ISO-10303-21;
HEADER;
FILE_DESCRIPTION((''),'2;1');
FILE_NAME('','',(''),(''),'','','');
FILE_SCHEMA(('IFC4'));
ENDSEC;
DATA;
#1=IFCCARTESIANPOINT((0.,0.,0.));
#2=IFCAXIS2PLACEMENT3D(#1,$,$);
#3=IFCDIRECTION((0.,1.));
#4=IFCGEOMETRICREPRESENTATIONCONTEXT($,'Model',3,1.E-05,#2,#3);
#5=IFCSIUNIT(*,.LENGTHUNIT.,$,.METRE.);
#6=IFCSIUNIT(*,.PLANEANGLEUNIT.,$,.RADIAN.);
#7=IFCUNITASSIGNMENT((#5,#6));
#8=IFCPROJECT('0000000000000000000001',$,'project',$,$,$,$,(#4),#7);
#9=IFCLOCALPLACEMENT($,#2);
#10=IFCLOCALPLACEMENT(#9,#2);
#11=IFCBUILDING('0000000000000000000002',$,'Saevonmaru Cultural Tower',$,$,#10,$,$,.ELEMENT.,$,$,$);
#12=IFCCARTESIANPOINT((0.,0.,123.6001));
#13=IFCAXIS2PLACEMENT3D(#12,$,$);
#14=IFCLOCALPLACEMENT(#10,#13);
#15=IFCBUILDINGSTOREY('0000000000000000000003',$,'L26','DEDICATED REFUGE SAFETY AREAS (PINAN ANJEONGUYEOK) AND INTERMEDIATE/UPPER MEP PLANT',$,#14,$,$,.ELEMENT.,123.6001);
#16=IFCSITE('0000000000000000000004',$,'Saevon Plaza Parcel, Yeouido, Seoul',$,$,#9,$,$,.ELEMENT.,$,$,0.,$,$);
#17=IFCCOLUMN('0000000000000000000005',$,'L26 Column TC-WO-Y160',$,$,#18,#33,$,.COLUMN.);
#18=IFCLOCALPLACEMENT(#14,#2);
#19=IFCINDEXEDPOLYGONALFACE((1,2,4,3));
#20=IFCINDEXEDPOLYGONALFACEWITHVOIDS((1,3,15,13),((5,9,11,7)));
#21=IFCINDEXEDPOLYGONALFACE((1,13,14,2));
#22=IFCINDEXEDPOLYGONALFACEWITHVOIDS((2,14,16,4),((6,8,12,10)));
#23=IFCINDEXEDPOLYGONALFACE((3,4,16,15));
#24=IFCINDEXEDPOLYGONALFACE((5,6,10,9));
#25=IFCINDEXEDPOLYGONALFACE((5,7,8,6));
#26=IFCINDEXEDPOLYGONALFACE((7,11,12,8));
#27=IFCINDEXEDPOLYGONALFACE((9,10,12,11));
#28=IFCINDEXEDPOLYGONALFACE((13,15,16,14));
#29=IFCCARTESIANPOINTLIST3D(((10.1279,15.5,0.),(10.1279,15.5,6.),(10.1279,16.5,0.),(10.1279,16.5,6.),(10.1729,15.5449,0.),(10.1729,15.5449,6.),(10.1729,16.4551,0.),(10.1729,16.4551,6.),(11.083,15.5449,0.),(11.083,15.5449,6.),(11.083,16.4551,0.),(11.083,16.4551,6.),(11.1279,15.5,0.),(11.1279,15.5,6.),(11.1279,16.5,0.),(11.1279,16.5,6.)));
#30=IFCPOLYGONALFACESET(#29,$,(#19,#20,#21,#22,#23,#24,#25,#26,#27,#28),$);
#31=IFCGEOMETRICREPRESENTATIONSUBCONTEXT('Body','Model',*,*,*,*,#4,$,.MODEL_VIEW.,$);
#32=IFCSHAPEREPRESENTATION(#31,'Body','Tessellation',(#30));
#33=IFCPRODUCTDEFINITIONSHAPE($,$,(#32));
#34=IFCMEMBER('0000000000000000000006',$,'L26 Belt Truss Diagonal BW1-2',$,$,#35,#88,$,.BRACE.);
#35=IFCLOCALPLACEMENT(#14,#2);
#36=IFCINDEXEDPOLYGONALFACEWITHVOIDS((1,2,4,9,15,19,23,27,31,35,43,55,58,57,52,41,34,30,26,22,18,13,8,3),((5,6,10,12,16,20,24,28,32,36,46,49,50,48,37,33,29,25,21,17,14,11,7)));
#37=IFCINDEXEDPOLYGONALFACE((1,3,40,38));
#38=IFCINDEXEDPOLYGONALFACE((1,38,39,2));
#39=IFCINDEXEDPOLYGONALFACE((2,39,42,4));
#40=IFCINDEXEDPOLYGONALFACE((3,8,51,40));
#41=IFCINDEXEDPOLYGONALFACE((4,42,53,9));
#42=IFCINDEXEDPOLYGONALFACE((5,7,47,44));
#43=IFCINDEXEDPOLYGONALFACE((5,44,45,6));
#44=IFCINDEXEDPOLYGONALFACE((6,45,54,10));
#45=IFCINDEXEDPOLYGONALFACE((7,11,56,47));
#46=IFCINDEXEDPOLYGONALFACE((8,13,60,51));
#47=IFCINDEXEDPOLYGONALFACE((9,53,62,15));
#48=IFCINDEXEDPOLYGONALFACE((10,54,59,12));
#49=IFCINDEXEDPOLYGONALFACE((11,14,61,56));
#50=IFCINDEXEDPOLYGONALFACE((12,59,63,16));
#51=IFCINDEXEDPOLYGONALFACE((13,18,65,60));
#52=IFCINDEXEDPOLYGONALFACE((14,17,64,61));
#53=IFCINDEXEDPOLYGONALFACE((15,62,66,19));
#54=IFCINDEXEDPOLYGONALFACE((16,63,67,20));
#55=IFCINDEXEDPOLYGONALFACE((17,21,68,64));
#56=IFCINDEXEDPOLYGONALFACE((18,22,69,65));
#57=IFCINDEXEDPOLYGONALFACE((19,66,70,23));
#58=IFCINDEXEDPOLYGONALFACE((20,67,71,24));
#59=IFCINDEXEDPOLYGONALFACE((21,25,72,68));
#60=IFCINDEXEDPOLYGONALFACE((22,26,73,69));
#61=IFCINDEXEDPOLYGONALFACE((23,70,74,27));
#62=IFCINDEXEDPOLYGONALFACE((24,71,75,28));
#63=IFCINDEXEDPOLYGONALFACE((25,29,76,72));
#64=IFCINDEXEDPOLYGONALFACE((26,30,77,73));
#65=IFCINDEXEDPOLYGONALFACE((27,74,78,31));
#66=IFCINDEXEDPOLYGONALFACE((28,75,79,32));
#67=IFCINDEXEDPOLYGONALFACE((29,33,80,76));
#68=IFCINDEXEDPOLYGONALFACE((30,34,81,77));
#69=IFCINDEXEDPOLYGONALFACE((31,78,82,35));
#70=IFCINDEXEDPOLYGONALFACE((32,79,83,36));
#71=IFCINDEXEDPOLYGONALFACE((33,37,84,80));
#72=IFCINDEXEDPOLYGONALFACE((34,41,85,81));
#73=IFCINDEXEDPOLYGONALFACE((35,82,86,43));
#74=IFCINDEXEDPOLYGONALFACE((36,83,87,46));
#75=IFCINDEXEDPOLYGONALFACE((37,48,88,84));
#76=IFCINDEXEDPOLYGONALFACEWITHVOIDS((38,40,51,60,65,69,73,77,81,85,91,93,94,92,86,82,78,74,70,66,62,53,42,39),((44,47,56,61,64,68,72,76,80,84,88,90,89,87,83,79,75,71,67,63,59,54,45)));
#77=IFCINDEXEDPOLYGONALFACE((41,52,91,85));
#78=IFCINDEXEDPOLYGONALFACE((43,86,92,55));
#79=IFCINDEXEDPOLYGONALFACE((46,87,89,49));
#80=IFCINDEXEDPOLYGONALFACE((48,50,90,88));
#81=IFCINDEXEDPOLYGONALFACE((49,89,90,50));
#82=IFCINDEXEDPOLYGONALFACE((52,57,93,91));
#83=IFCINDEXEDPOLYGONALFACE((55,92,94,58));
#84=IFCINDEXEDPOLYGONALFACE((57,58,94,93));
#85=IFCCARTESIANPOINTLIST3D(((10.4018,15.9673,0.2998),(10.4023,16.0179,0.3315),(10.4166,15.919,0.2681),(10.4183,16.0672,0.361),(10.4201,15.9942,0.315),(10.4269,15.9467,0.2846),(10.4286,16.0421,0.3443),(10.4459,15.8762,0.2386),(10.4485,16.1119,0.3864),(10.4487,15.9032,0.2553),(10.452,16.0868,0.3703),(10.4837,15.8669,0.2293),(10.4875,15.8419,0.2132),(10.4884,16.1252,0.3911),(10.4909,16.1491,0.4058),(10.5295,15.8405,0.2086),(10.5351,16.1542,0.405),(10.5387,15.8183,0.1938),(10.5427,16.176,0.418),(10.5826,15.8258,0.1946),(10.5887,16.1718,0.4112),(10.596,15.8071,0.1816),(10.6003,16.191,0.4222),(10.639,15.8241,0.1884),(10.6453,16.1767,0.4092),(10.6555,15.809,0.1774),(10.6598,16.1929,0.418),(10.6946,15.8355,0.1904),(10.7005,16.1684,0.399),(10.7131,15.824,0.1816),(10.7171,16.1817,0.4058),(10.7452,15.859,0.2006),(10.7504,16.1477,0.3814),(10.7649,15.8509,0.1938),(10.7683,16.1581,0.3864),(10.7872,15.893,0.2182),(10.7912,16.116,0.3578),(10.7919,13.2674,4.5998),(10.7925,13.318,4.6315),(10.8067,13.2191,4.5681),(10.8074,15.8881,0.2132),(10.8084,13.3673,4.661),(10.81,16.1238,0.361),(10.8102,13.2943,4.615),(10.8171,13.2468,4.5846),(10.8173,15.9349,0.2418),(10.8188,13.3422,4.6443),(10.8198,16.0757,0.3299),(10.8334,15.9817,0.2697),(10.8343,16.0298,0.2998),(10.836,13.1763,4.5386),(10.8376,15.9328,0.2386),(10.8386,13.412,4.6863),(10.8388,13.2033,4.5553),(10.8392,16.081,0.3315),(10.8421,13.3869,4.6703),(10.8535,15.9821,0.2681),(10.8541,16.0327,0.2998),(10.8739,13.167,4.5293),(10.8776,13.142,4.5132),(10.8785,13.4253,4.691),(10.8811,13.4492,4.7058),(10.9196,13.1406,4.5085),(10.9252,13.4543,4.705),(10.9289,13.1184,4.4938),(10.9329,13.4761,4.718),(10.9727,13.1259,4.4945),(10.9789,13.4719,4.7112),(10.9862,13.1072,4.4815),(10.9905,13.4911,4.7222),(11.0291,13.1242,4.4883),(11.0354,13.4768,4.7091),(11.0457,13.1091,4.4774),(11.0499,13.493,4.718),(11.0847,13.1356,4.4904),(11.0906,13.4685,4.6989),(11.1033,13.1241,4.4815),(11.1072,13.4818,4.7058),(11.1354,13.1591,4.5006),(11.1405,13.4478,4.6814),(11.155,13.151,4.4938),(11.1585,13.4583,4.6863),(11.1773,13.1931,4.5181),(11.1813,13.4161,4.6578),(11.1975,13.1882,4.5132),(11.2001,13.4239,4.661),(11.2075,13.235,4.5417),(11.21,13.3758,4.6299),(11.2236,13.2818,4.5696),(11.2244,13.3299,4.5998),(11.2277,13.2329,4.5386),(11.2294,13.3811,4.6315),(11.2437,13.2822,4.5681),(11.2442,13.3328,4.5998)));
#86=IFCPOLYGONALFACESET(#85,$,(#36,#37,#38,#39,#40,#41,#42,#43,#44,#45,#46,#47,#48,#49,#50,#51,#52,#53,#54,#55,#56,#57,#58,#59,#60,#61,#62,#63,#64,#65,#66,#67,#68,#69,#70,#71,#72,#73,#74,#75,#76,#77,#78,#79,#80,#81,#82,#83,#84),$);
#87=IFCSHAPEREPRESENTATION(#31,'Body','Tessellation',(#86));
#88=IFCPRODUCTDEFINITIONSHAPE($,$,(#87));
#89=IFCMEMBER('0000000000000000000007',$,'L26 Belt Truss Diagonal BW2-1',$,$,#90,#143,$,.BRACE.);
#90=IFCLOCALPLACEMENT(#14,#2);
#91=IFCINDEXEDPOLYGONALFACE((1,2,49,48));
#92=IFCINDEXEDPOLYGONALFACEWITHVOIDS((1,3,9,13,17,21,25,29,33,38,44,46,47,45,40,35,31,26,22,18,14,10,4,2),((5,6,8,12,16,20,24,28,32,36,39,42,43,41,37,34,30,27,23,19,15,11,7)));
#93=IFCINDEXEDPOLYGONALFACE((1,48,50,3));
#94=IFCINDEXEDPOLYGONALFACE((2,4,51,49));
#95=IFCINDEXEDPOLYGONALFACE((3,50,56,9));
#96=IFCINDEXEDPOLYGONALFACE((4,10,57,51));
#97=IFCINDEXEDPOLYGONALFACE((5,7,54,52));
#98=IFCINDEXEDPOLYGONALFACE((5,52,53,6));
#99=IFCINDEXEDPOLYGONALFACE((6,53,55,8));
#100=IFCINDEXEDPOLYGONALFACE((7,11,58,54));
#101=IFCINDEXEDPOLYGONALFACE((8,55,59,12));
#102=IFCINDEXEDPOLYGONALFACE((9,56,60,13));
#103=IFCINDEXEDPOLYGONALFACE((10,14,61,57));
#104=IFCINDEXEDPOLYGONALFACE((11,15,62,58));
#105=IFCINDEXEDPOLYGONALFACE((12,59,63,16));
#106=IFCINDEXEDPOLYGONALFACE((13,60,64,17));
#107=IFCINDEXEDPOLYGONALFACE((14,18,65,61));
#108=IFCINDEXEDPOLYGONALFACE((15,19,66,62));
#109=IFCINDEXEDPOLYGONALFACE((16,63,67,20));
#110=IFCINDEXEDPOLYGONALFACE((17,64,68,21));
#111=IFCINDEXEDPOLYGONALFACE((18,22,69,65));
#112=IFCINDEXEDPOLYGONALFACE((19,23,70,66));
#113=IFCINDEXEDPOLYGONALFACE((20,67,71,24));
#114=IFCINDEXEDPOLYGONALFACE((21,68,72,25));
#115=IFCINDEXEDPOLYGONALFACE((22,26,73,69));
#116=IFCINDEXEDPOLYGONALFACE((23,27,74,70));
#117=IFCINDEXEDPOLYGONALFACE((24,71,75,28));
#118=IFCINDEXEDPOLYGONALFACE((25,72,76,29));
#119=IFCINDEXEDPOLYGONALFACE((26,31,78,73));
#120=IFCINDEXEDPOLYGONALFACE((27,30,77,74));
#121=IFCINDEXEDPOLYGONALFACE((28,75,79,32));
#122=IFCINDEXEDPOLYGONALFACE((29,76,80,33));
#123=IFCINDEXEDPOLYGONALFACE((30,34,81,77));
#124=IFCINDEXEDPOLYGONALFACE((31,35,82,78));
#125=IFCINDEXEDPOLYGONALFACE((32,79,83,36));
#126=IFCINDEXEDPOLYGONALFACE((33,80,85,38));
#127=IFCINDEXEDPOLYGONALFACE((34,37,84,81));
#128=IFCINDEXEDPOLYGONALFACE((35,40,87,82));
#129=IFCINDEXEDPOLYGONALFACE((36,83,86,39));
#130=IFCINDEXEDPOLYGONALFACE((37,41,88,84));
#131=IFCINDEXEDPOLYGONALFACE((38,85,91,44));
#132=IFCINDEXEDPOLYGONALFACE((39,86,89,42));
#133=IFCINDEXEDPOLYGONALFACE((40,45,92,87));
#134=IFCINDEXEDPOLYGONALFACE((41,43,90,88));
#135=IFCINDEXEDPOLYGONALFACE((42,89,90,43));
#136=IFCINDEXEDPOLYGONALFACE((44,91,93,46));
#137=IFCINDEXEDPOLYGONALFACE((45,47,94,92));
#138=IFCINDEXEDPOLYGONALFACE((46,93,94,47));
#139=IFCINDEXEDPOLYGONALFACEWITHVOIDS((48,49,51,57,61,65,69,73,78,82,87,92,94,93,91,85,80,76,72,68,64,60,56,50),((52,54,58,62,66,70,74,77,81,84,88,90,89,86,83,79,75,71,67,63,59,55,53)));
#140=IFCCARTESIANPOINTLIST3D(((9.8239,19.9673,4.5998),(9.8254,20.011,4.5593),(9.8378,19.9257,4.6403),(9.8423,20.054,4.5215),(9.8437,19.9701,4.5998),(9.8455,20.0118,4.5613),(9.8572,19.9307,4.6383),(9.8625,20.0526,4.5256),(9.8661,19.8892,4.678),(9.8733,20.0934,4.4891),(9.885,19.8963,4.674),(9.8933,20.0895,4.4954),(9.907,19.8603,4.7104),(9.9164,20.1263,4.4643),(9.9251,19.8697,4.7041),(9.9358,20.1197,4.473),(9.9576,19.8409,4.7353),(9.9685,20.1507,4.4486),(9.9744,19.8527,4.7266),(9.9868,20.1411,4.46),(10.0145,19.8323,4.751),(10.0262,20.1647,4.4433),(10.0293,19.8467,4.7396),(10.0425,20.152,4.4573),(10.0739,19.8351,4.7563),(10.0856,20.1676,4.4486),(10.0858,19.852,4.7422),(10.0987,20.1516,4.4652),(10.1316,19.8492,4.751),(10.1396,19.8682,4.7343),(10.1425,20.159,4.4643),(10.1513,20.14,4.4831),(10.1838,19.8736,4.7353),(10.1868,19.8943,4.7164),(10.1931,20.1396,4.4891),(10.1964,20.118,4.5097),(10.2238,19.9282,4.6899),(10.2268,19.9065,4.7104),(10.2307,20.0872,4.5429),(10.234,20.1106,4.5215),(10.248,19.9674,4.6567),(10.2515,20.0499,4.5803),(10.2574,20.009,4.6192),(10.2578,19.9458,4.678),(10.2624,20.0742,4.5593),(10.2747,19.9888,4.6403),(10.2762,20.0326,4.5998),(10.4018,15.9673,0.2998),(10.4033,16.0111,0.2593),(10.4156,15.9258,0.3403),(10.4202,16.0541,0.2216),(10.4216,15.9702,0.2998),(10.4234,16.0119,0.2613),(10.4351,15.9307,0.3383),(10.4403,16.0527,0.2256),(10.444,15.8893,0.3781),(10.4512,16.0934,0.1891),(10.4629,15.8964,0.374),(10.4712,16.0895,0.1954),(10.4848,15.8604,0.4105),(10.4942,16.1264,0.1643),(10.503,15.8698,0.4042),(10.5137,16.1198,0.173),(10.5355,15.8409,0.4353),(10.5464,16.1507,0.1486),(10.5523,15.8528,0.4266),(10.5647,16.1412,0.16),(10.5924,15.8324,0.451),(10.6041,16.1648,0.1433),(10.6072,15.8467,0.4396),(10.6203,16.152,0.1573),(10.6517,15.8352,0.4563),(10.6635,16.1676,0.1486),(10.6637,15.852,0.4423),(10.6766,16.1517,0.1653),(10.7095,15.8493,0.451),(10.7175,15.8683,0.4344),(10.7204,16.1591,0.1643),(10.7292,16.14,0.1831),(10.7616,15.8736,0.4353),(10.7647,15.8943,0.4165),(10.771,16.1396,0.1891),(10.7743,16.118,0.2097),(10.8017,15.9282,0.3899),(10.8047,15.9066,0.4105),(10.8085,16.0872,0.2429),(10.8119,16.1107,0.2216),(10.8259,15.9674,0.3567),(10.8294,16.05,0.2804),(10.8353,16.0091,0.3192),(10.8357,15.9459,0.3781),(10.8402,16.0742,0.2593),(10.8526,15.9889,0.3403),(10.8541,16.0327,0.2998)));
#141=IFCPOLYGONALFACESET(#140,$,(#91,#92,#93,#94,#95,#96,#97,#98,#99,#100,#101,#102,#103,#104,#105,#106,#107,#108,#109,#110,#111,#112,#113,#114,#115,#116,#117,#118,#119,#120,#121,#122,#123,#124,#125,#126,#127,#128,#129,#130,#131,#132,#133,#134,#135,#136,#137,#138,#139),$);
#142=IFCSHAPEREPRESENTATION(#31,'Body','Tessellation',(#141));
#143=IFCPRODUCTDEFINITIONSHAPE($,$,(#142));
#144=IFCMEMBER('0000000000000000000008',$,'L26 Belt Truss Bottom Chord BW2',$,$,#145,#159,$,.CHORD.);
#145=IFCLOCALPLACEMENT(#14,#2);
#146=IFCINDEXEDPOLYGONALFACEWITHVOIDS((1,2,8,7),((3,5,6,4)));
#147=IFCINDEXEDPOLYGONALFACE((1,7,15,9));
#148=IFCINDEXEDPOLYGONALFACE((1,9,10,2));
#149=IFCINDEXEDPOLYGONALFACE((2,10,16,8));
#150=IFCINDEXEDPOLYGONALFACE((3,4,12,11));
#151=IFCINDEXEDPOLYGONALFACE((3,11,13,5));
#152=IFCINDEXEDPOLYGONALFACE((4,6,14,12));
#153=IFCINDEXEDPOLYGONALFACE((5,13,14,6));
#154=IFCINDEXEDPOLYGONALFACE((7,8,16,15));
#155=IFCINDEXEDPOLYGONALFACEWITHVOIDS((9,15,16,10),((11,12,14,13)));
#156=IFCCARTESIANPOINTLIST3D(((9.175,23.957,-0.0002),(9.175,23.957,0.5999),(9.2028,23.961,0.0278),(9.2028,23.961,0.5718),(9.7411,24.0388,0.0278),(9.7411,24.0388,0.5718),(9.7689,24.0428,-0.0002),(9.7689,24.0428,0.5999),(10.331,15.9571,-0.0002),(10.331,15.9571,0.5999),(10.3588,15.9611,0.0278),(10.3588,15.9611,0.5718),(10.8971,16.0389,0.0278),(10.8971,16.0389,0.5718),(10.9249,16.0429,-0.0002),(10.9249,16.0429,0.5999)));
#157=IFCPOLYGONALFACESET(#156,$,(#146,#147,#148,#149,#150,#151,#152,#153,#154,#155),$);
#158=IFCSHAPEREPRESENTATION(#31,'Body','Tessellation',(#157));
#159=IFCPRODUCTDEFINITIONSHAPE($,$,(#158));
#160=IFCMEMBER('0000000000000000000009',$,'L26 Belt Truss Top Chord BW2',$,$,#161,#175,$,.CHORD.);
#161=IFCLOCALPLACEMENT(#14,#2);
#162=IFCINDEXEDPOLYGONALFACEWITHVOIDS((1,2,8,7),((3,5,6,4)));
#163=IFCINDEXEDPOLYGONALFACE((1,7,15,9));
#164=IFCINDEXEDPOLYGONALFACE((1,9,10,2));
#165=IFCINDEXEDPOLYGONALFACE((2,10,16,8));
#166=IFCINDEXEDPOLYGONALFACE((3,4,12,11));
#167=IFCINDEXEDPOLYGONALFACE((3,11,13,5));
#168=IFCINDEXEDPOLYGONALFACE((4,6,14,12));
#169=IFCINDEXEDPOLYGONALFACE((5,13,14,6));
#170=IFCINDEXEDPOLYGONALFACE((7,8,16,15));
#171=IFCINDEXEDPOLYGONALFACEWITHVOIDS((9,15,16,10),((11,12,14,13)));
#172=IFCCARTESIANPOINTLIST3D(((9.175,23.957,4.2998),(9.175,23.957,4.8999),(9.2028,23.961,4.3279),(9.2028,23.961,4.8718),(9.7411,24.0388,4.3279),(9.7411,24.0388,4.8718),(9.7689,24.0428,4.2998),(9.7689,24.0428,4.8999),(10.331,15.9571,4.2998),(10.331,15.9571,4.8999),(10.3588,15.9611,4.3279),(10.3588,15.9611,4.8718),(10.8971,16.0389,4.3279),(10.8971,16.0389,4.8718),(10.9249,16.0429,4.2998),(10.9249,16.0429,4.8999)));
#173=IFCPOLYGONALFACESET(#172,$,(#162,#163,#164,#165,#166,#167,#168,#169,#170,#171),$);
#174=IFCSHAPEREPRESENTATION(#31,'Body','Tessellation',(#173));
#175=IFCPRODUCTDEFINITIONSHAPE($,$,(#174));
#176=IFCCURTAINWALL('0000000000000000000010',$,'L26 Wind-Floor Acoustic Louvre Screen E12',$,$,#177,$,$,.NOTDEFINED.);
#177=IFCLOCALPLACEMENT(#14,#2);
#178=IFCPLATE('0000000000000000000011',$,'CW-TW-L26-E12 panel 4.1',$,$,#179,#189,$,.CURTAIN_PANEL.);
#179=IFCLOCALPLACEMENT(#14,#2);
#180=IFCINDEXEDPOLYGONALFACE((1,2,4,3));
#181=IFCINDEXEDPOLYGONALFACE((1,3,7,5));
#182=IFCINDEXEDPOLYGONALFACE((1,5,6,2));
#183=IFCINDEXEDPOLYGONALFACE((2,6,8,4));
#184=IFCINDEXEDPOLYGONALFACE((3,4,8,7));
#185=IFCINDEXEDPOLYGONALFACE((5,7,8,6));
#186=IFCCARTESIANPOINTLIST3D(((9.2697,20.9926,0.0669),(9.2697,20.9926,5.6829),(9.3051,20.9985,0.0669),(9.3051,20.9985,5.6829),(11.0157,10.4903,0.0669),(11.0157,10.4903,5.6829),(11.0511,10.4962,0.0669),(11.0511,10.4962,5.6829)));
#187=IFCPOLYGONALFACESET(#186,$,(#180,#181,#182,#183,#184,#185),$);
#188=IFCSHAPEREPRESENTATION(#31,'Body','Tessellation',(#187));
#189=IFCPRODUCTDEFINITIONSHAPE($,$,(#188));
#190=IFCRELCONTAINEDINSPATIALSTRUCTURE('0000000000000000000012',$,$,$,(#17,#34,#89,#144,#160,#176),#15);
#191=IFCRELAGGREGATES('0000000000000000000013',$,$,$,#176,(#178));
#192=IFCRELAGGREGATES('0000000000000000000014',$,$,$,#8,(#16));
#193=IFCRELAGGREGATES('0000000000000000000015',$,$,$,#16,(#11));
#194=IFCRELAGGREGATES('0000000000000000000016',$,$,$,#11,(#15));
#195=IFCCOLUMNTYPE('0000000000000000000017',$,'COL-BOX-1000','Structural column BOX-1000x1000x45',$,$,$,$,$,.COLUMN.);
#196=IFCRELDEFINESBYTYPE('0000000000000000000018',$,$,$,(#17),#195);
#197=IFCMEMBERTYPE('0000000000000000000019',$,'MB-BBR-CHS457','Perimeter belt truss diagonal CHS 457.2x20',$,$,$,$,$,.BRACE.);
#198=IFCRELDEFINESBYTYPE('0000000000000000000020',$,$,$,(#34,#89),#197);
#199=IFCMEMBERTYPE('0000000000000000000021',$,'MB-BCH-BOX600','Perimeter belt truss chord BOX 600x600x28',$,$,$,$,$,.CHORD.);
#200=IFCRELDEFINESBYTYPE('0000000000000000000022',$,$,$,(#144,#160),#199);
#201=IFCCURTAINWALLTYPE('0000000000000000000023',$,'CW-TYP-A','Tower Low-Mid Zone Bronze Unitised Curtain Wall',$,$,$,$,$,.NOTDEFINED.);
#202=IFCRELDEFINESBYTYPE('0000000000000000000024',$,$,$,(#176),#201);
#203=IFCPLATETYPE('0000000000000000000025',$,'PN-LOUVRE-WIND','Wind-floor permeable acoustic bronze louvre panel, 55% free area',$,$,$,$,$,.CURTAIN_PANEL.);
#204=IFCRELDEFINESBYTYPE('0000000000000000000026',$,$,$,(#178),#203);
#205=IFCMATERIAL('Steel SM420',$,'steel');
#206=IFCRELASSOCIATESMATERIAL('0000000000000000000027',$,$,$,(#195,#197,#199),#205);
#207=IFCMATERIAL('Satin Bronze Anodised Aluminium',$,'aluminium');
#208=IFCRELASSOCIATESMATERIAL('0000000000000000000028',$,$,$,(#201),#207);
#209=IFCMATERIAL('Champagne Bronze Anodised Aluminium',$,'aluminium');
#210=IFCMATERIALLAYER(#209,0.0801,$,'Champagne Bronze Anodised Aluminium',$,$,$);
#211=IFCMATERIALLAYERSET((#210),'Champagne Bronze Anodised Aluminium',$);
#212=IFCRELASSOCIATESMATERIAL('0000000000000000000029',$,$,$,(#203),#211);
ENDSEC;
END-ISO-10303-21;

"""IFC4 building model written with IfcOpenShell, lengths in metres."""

from ifc_helpers import new_model, si_unit, direction, frame, origin, origin_2d, place, context, subcontext, project, spatial, rectangle, hollow_rectangle, hollow_circle, extrude, material, layer, layer_set, material_profile, profile_set, type_object, element, aggregate, save


model = new_model("IFC4")

# Units and contexts
model_context = context("Model", 3, precision=1e-05, world=origin(), true_north=direction((0.0, 1.0)))
body_context = subcontext(model_context, "Body", "Model", "MODEL_VIEW")
ifc_project = project(units=[si_unit("LENGTHUNIT", "METRE"), si_unit("PLANEANGLEUNIT", "RADIAN")], contexts=[model_context])

# Site, building, storey
site_placement = place(None, origin())
site = spatial("IfcSite", under=ifc_project, at=site_placement, Name="Saevon Plaza Parcel, Yeouido, Seoul", CompositionType="ELEMENT", RefElevation=0.0)
building_placement = place(site_placement, origin())
building = spatial("IfcBuilding", under=site, at=building_placement, Name="Saevonmaru Cultural Tower", CompositionType="ELEMENT")
storey_placement = place(building_placement, frame((0.0, 0.0, 123.6001)))
storey = spatial("IfcBuildingStorey", under=building, at=storey_placement, Name="L26", Description="DEDICATED REFUGE SAFETY AREAS (PINAN ANJEONGUYEOK) AND INTERMEDIATE/UPPER MEP PLANT", CompositionType="ELEMENT", Elevation=123.6001)

# Column
ifc_material_1 = material(Name="Steel SM420", Category="steel")
ifc_material_profile_1 = material_profile(ifc_material_1, hollow_rectangle(XDim=1.0, YDim=1.0, WallThickness=0.0449, at=origin_2d()), Name="BOX-1000x1000x45")
ifc_profile_set_1 = profile_set([ifc_material_profile_1], Name="Steel SM420")
column_type = type_object("IfcColumnType", Name="COL-BOX-1000", Description="Structural column BOX-1000x1000x45", PredefinedType="COLUMN", material=ifc_profile_set_1)
column_placement = place(storey_placement, frame((10.6279, 16.0, 0.0), z_axis=(0.0, 0.0, 1.0), x_axis=(1.0, 0.0, 0.0)))
element("IfcColumn", 1, at=column_placement, inside=storey, type_object=column_type, Name="L26 Column TC-WO-Y160", PredefinedType="COLUMN", context=body_context, shape_type="SweptSolid", body=[
    extrude(hollow_rectangle(XDim=1.0, YDim=1.0, WallThickness=0.0449, at=origin_2d()), origin(), (0.0, 0.0, 1.0), 6.0),
])

# Members
ifc_material_profile_2 = material_profile(ifc_material_1, hollow_circle(Radius=0.2285, WallThickness=0.02, at=origin_2d()), Name="CHS-457.2x20")
ifc_profile_set_2 = profile_set([ifc_material_profile_2], Name="Steel SM420")
member_type_1 = type_object("IfcMemberType", Name="MB-BBR-CHS457", Description="Perimeter belt truss diagonal CHS 457.2x20", PredefinedType="BRACE", material=ifc_profile_set_2)
member_1_placement = place(storey_placement, frame((10.6279, 16.0, 0.2998), z_axis=(0.076612, -0.530194, 0.844408), x_axis=(0.989721, 0.143012, 0.0)))
element("IfcMember", 2, at=member_1_placement, inside=storey, type_object=member_type_1, Name="L26 Belt Truss Diagonal BW1-2", PredefinedType="BRACE", context=body_context, shape_type="SweptSolid", body=[
    extrude(hollow_circle(Radius=0.2285, WallThickness=0.02, at=origin_2d()), origin(), (0.0, 0.0, 1.0), 5.0923),
])
member_2_placement = place(storey_placement, frame((10.6279, 16.0, 0.2998), z_axis=(-0.097926, 0.677826, 0.728671), x_axis=(-0.989725, -0.142986, 0.0)))
element("IfcMember", 3, at=member_2_placement, inside=storey, type_object=member_type_1, Name="L26 Belt Truss Diagonal BW2-1", PredefinedType="BRACE", context=body_context, shape_type="SweptSolid", body=[
    extrude(hollow_circle(Radius=0.2285, WallThickness=0.02, at=origin_2d()), origin(), (0.0, 0.0, 1.0), 5.9011),
])
ifc_material_profile_3 = material_profile(ifc_material_1, hollow_rectangle(XDim=0.6001, YDim=0.6001, WallThickness=0.0281, at=origin_2d()), Name="BOX-600x600x28")
ifc_profile_set_3 = profile_set([ifc_material_profile_3], Name="Steel SM420")
member_type_2 = type_object("IfcMemberType", Name="MB-BCH-BOX600", Description="Perimeter belt truss chord BOX 600x600x28", PredefinedType="CHORD", material=ifc_profile_set_3)
for number, where, z_axis, x_axis, name in (
    (4, (10.6279, 16.0, 0.2998), (-0.143015, 0.98972, 0.0), (-0.98972, -0.143015, 0.0), "L26 Belt Truss Bottom Chord BW2"),
    (5, (10.6279, 16.0, 4.5999), (-0.143015, 0.98972, 0.0), (-0.98972, -0.143015, 0.0), "L26 Belt Truss Top Chord BW2"),
):
    element("IfcMember", number, at=place(storey_placement, frame(where, z_axis=z_axis, x_axis=x_axis)), inside=storey, type_object=member_type_2, Name=name, PredefinedType="CHORD", context=body_context, shape_type="SweptSolid", body=[
        extrude(hollow_rectangle(XDim=0.6001, YDim=0.6001, WallThickness=0.0281, at=origin_2d()), origin(), (0.0, 0.0, 1.0), 8.083),
    ])

# Curtain wall, plate
ifc_material_2 = material(Name="Satin Bronze Anodised Aluminium", Category="aluminium")
curtain_wall_type = type_object("IfcCurtainWallType", Name="CW-TYP-A", Description="Tower Low-Mid Zone Bronze Unitised Curtain Wall", PredefinedType="NOTDEFINED", material=ifc_material_2)
curtain_wall_placement = place(storey_placement, origin())
curtain_wall = element("IfcCurtainWall", 6, at=curtain_wall_placement, inside=storey, type_object=curtain_wall_type, Name="L26 Wind-Floor Acoustic Louvre Screen E12", PredefinedType="NOTDEFINED")
ifc_material_3 = material(Name="Champagne Bronze Anodised Aluminium", Category="aluminium")
ifc_layer_1 = layer(ifc_material_3, 0.0801, Name="Champagne Bronze Anodised Aluminium")
ifc_layer_set_1 = layer_set([ifc_layer_1], Name="Champagne Bronze Anodised Aluminium")
plate_type = type_object("IfcPlateType", Name="PN-LOUVRE-WIND", Description="Wind-floor permeable acoustic bronze louvre panel, 55% free area", PredefinedType="CURTAIN_PANEL", material=ifc_layer_set_1)
plate_placement = place(storey_placement, frame((10.1604, 15.7444, 0.0669), z_axis=(0.0, 0.0, 1.0), x_axis=(0.163999, -0.986461, 0.0)))
plate = element("IfcPlate", 7, at=plate_placement, type_object=plate_type, Name="CW-TW-L26-E12 panel 4.1", PredefinedType="CURTAIN_PANEL", context=body_context, shape_type="SweptSolid", body=[
    extrude(rectangle(XDim=10.6465, YDim=0.0359, at=origin_2d()), origin(), (0.0, 0.0, 1.0), 5.616),
])
aggregate(curtain_wall, [plate])

save(model, "model.ifc")
